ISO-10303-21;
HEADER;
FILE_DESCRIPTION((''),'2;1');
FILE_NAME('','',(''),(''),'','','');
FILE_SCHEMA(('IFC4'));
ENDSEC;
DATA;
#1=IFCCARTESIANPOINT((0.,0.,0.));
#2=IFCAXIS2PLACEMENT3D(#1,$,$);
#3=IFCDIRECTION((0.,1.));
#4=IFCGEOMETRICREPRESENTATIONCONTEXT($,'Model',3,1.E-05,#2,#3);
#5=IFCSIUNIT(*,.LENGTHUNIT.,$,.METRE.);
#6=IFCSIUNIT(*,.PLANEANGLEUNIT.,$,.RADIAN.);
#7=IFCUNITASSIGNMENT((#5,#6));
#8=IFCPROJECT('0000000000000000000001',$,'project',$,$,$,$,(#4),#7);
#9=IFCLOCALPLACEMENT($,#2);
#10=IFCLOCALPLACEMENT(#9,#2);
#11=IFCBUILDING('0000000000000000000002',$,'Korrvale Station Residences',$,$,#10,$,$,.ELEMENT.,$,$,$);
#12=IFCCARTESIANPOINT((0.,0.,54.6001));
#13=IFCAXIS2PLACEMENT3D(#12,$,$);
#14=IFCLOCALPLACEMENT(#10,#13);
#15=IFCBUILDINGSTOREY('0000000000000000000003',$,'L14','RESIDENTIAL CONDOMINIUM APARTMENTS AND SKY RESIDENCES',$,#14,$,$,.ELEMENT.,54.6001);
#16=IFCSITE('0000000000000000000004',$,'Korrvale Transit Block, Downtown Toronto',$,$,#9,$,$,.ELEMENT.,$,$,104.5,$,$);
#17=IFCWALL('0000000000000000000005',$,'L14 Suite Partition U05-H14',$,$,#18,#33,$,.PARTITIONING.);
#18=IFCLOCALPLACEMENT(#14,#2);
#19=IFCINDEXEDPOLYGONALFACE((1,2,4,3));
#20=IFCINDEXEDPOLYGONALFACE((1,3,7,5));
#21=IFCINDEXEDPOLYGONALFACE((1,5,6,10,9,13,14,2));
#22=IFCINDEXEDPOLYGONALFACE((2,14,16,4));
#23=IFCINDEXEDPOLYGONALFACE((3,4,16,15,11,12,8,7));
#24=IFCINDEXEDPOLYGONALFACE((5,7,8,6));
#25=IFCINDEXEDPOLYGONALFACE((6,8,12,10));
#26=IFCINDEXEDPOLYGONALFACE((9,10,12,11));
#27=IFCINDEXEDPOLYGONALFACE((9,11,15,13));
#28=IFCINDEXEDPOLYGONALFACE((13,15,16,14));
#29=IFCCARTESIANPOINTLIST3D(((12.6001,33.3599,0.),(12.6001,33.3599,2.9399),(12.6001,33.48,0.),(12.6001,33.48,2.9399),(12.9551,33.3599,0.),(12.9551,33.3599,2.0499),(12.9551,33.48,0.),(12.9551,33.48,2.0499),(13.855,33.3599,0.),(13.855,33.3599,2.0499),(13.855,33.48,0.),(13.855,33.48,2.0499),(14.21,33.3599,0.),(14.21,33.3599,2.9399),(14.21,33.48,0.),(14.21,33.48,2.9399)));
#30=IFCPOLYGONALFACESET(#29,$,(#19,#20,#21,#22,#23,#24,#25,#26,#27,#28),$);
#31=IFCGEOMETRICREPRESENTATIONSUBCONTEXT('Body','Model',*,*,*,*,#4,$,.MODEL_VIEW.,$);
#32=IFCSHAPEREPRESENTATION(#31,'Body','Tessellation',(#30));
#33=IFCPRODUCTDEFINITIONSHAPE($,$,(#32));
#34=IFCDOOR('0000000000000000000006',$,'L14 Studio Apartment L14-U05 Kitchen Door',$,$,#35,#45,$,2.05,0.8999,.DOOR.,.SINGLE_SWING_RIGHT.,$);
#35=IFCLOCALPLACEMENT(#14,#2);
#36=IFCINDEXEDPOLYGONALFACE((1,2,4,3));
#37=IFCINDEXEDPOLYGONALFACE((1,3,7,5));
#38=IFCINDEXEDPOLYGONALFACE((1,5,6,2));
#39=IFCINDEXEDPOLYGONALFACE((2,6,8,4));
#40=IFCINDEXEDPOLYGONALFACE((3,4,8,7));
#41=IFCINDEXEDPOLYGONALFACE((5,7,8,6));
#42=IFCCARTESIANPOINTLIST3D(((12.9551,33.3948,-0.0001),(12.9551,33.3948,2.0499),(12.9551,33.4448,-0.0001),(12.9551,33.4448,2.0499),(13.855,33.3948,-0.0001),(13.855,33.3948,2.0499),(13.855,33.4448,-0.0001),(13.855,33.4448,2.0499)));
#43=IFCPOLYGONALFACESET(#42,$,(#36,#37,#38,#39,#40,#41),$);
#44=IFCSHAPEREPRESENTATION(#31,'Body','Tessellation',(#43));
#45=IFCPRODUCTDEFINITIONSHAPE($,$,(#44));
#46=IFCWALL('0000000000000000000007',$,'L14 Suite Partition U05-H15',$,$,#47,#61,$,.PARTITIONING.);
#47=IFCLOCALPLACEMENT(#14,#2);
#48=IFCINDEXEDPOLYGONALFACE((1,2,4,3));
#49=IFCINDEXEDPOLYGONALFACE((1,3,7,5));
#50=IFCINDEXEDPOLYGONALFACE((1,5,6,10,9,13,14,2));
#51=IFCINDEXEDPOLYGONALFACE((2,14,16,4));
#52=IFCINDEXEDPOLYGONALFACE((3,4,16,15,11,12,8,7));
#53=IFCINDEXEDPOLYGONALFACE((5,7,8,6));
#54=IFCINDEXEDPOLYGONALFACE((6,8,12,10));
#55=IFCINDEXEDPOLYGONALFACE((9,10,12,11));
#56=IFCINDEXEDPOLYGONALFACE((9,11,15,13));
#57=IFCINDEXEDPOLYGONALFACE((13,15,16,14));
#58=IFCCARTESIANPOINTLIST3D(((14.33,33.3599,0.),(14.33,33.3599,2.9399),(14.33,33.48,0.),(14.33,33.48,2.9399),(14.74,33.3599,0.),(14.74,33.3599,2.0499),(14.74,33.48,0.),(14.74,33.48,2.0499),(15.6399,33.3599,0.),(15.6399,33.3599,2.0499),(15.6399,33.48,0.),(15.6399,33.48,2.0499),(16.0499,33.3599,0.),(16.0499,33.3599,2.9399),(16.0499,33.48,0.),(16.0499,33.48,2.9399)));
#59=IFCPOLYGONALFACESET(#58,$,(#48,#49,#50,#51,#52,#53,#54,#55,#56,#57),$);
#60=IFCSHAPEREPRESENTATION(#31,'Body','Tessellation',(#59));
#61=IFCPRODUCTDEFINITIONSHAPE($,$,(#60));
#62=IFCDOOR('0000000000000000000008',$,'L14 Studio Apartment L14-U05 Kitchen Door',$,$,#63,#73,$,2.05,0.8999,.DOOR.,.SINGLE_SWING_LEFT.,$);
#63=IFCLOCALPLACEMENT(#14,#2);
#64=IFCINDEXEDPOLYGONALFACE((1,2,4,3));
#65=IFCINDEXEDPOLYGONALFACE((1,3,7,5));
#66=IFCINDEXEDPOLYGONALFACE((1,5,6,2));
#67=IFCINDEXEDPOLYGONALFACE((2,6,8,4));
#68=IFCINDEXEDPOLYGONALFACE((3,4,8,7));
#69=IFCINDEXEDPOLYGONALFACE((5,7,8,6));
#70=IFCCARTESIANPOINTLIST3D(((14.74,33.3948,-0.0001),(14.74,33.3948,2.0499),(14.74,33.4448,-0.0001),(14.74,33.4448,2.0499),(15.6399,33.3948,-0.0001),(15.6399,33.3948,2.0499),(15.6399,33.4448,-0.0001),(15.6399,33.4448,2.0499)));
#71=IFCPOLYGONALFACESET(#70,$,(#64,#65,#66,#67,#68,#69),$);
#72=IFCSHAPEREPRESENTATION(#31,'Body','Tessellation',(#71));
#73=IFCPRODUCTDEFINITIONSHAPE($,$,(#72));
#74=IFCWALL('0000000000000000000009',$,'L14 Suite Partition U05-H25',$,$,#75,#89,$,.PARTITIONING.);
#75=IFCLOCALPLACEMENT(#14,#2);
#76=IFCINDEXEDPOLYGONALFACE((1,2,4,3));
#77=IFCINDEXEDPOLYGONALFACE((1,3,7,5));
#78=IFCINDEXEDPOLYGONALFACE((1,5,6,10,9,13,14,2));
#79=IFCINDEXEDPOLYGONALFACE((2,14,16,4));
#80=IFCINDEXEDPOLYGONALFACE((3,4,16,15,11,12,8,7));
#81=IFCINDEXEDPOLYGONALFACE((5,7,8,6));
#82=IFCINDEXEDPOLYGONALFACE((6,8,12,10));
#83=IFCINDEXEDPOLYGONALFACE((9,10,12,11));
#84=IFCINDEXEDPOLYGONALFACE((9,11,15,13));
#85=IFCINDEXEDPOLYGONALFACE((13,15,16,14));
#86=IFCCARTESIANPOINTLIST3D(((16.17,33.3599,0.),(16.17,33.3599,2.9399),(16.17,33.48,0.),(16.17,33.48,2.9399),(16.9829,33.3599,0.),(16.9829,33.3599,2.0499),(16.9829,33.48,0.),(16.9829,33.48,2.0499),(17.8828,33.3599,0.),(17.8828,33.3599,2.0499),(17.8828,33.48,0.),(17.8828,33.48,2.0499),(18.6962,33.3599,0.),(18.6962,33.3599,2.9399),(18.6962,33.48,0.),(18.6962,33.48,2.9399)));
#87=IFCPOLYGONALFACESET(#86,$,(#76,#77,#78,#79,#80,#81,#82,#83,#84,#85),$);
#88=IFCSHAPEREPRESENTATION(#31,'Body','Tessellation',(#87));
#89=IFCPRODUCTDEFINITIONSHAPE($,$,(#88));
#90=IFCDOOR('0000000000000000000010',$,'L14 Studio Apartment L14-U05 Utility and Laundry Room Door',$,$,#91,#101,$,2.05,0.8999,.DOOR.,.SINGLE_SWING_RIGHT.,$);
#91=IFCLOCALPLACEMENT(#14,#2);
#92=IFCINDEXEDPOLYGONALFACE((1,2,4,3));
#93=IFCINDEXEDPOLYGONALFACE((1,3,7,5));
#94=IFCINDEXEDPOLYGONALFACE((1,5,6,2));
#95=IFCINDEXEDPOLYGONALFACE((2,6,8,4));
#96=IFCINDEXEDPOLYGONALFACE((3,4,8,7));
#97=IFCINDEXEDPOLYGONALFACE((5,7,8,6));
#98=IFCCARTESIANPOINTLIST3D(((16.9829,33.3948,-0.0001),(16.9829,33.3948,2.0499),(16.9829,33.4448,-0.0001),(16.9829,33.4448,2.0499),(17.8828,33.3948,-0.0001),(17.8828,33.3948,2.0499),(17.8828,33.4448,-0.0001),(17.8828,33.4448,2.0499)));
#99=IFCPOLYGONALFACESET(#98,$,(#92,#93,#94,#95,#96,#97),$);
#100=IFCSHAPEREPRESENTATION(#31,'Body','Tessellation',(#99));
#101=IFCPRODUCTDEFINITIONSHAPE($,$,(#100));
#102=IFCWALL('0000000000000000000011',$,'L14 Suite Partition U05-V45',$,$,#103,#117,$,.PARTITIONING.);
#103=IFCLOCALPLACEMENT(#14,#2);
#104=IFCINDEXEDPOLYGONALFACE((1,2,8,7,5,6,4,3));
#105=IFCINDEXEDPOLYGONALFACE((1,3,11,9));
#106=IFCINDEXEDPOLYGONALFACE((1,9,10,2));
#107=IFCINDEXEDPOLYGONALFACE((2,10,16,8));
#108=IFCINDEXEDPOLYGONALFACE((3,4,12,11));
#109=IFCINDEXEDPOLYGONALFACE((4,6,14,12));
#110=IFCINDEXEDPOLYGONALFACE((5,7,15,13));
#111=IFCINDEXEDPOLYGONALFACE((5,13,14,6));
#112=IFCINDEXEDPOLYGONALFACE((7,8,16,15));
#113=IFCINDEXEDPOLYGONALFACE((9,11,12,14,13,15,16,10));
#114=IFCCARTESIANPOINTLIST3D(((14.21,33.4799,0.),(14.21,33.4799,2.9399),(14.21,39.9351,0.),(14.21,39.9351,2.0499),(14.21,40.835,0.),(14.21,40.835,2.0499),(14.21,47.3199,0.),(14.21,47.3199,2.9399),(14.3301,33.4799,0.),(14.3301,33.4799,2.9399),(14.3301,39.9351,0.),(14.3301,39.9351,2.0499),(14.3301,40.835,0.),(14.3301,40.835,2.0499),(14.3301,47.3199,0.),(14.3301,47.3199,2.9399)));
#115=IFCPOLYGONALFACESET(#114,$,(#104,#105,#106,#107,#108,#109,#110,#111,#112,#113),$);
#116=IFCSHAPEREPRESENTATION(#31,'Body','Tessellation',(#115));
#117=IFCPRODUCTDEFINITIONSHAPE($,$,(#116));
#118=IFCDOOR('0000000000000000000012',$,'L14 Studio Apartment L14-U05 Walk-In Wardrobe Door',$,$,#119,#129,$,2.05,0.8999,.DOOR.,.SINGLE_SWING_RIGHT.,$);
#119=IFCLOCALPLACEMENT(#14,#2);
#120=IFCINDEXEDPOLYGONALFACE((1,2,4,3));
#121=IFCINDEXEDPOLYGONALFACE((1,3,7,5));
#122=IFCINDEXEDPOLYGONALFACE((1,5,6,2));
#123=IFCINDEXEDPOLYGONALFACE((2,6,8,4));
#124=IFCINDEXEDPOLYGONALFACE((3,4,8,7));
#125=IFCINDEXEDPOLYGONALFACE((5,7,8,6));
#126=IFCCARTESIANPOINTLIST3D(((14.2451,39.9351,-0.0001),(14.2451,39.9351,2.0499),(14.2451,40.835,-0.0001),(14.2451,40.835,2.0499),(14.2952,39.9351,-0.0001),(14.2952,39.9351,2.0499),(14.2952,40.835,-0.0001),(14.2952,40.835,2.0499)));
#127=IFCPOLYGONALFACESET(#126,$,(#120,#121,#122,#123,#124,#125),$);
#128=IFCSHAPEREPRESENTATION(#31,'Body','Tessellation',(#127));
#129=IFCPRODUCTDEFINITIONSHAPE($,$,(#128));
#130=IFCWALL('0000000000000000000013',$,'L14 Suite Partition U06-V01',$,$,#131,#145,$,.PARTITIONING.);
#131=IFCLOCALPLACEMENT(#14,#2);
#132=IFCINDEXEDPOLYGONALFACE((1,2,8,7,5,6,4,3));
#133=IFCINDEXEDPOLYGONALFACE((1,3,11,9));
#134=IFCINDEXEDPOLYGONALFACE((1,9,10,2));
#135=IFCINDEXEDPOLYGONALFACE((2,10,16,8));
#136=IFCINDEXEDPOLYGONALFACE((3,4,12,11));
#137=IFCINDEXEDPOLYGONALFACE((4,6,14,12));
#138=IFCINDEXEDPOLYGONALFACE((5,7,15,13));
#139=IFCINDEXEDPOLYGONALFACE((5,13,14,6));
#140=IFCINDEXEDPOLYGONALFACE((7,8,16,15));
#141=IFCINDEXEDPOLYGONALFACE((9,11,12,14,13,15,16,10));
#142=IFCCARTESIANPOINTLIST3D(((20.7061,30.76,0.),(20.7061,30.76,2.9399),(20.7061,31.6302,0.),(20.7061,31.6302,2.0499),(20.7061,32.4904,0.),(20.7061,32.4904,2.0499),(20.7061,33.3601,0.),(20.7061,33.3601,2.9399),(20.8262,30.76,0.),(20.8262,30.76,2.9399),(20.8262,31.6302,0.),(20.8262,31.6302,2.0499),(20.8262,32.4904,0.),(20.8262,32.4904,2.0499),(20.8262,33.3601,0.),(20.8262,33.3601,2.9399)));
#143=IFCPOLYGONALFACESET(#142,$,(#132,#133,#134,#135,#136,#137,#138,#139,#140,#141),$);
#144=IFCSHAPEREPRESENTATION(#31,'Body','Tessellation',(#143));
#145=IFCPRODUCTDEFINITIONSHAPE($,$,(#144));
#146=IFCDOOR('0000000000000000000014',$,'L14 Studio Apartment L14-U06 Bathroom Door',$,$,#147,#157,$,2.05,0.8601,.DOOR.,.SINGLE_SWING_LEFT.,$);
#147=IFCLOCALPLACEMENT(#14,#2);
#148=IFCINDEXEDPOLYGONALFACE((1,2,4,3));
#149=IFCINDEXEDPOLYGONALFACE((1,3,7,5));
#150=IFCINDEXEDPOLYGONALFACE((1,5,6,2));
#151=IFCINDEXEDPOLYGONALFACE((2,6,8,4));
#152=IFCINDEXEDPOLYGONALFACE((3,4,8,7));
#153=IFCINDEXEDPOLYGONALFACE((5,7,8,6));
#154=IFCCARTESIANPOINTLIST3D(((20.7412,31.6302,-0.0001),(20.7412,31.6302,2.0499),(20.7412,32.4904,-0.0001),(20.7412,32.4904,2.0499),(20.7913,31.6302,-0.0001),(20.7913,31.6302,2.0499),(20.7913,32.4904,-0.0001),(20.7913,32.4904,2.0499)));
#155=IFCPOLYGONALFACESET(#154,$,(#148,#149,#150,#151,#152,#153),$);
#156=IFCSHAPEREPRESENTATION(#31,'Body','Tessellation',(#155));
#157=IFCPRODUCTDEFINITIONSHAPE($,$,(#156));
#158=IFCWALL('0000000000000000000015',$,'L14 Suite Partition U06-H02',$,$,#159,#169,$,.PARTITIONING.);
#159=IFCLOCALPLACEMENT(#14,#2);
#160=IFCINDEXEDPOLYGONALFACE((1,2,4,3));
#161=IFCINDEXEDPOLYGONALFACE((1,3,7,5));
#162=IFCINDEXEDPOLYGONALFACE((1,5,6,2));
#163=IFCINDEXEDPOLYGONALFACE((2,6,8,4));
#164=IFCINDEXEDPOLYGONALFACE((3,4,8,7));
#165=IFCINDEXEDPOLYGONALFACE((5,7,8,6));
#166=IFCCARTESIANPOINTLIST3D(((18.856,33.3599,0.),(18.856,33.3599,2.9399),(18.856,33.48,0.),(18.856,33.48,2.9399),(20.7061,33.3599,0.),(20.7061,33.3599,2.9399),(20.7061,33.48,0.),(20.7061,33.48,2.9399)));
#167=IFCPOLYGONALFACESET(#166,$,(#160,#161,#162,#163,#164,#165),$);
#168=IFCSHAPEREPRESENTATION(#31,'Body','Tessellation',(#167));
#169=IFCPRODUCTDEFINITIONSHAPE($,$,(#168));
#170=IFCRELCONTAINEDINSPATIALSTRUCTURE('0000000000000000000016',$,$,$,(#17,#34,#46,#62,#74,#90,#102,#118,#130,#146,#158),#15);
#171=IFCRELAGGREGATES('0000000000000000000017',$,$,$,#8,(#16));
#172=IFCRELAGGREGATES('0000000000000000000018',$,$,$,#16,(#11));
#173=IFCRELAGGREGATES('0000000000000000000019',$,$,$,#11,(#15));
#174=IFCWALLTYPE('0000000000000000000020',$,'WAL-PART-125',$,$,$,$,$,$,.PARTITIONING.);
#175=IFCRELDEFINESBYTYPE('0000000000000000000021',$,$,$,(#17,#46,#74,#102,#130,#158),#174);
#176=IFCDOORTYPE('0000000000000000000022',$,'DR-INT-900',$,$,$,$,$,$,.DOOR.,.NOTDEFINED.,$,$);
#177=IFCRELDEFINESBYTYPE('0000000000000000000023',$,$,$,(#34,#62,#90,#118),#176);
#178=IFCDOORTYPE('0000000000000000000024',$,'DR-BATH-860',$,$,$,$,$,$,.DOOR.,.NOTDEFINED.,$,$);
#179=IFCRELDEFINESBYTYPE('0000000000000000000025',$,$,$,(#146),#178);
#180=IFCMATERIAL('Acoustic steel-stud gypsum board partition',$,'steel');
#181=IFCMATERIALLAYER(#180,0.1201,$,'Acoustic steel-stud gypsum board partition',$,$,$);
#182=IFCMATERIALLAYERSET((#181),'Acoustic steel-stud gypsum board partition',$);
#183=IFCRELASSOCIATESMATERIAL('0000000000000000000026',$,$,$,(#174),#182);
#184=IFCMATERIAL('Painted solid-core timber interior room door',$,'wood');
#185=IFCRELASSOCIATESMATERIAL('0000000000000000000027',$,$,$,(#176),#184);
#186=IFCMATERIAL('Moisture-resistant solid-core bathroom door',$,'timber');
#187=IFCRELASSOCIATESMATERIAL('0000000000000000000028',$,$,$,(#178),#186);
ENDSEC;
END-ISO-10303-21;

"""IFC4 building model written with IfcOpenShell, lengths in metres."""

from ifc_helpers import new_model, si_unit, direction, frame, frame_2d, origin, place, context, subcontext, project, spatial, rectangle, extrude, material, layer, layer_set, type_object, element, fill, save


model = new_model("IFC4")

# Units and contexts
model_context = context("Model", 3, precision=1e-05, world=origin(), true_north=direction((0.0, 1.0)))
body_context = subcontext(model_context, "Body", "Model", "MODEL_VIEW")
ifc_project = project(units=[si_unit("LENGTHUNIT", "METRE"), si_unit("PLANEANGLEUNIT", "RADIAN")], contexts=[model_context])

# Site, building, storey
site_placement = place(None, origin())
site = spatial("IfcSite", under=ifc_project, at=site_placement, Name="Korrvale Transit Block, Downtown Toronto", CompositionType="ELEMENT", RefElevation=104.5)
building_placement = place(site_placement, origin())
building = spatial("IfcBuilding", under=site, at=building_placement, Name="Korrvale Station Residences", CompositionType="ELEMENT")
storey_placement = place(building_placement, frame((0.0, 0.0, 54.6001)))
storey = spatial("IfcBuildingStorey", under=building, at=storey_placement, Name="L14", Description="RESIDENTIAL CONDOMINIUM APARTMENTS AND SKY RESIDENCES", CompositionType="ELEMENT", Elevation=54.6001)

# Walls, openings, doors
ifc_material_1 = material(Name="Acoustic steel-stud gypsum board partition", Category="steel")
ifc_layer_1 = layer(ifc_material_1, 0.1201, Name="Acoustic steel-stud gypsum board partition")
ifc_layer_set_1 = layer_set([ifc_layer_1], Name="Acoustic steel-stud gypsum board partition")
wall_type_1 = type_object("IfcWallType", Name="WAL-PART-125", PredefinedType="PARTITIONING", material=ifc_layer_set_1)
wall_1_placement = place(storey_placement, frame((12.6001, 33.4199, 0.0), z_axis=(0.0, 0.0, 1.0), x_axis=(1.0, 0.0, 0.0)))
wall_1 = element("IfcWall", 1, at=wall_1_placement, inside=storey, type_object=wall_type_1, Name="L14 Suite Partition U05-H14", PredefinedType="PARTITIONING", context=body_context, shape_type="SweptSolid", body=[
    extrude(rectangle(XDim=1.6099, YDim=0.1201, at=frame_2d((0.8049, 0.0))), origin(), (0.0, 0.0, 1.0), 2.9399),
])
opening_1_placement = place(wall_1_placement, frame((0.355, 0.0, 0.0)))
opening_1 = element("IfcOpeningElement", 2, at=opening_1_placement, cuts=wall_1, PredefinedType="OPENING", context=body_context, shape_type="SweptSolid", body=[
    extrude(rectangle(XDim=0.8999, YDim=2.05, at=frame_2d((0.45, 1.0249))), frame((0.0, 0.0701, 0.0), z_axis=(0.0, -1.0, 0.0), x_axis=(1.0, 0.0, 0.0)), (0.0, 0.0, 1.0), 0.1401),
])
ifc_material_2 = material(Name="Painted solid-core timber interior room door", Category="wood")
door_type_1 = type_object("IfcDoorType", Name="DR-INT-900", OperationType="NOTDEFINED", PredefinedType="DOOR", material=ifc_material_2)
door_1_placement = place(opening_1_placement, origin())
door_1 = element("IfcDoor", 3, at=door_1_placement, inside=storey, type_object=door_type_1, Name="L14 Studio Apartment L14-U05 Kitchen Door", OperationType="SINGLE_SWING_RIGHT", OverallHeight=2.05, OverallWidth=0.8999, PredefinedType="DOOR", context=body_context, shape_type="SweptSolid", body=[
    extrude(rectangle(XDim=0.8999, YDim=2.05, at=frame_2d((0.45, 1.0249))), frame((0.0, 0.0249, 0.0), z_axis=(0.0, -1.0, 0.0), x_axis=(1.0, 0.0, 0.0)), (0.0, 0.0, 1.0), 0.05),
])
fill(opening_1, door_1)
wall_2_placement = place(storey_placement, frame((14.3301, 33.4199, 0.0), z_axis=(0.0, 0.0, 1.0), x_axis=(1.0, 0.0, 0.0)))
wall_2 = element("IfcWall", 4, at=wall_2_placement, inside=storey, type_object=wall_type_1, Name="L14 Suite Partition U05-H15", PredefinedType="PARTITIONING", context=body_context, shape_type="SweptSolid", body=[
    extrude(rectangle(XDim=1.72, YDim=0.1201, at=frame_2d((0.8599, 0.0))), origin(), (0.0, 0.0, 1.0), 2.9399),
])
opening_2_placement = place(wall_2_placement, frame((0.4099, 0.0, 0.0)))
opening_2 = element("IfcOpeningElement", 5, at=opening_2_placement, cuts=wall_2, PredefinedType="OPENING", context=body_context, shape_type="SweptSolid", body=[
    extrude(rectangle(XDim=0.8999, YDim=2.05, at=frame_2d((0.45, 1.0249))), frame((0.0, 0.0701, 0.0), z_axis=(0.0, -1.0, 0.0), x_axis=(1.0, 0.0, 0.0)), (0.0, 0.0, 1.0), 0.1401),
])
door_2_placement = place(opening_2_placement, origin())
door_2 = element("IfcDoor", 6, at=door_2_placement, inside=storey, type_object=door_type_1, Name="L14 Studio Apartment L14-U05 Kitchen Door", OperationType="SINGLE_SWING_LEFT", OverallHeight=2.05, OverallWidth=0.8999, PredefinedType="DOOR", context=body_context, shape_type="SweptSolid", body=[
    extrude(rectangle(XDim=0.8999, YDim=2.05, at=frame_2d((0.45, 1.0249))), frame((0.0, 0.0249, 0.0), z_axis=(0.0, -1.0, 0.0), x_axis=(1.0, 0.0, 0.0)), (0.0, 0.0, 1.0), 0.05),
])
fill(opening_2, door_2)
wall_3_placement = place(storey_placement, frame((16.1699, 33.4199, 0.0), z_axis=(0.0, 0.0, 1.0), x_axis=(1.0, 0.0, 0.0)))
wall_3 = element("IfcWall", 7, at=wall_3_placement, inside=storey, type_object=wall_type_1, Name="L14 Suite Partition U05-H25", PredefinedType="PARTITIONING", context=body_context, shape_type="SweptSolid", body=[
    extrude(rectangle(XDim=2.5261, YDim=0.1201, at=frame_2d((1.2632, 0.0))), origin(), (0.0, 0.0, 1.0), 2.9399),
])
opening_3_placement = place(wall_3_placement, frame((0.813, 0.0, 0.0)))
opening_3 = element("IfcOpeningElement", 8, at=opening_3_placement, cuts=wall_3, PredefinedType="OPENING", context=body_context, shape_type="SweptSolid", body=[
    extrude(rectangle(XDim=0.8999, YDim=2.05, at=frame_2d((0.45, 1.0249))), frame((0.0, 0.0701, 0.0), z_axis=(0.0, -1.0, 0.0), x_axis=(1.0, 0.0, 0.0)), (0.0, 0.0, 1.0), 0.1401),
])
door_3_placement = place(opening_3_placement, origin())
door_3 = element("IfcDoor", 9, at=door_3_placement, inside=storey, type_object=door_type_1, Name="L14 Studio Apartment L14-U05 Utility and Laundry Room Door", OperationType="SINGLE_SWING_RIGHT", OverallHeight=2.05, OverallWidth=0.8999, PredefinedType="DOOR", context=body_context, shape_type="SweptSolid", body=[
    extrude(rectangle(XDim=0.8999, YDim=2.05, at=frame_2d((0.45, 1.0249))), frame((0.0, 0.0249, 0.0), z_axis=(0.0, -1.0, 0.0), x_axis=(1.0, 0.0, 0.0)), (0.0, 0.0, 1.0), 0.05),
])
fill(opening_3, door_3)
wall_4_placement = place(storey_placement, frame((14.27, 33.48, 0.0), z_axis=(0.0, 0.0, 1.0), x_axis=(0.0, 1.0, 0.0)))
wall_4 = element("IfcWall", 10, at=wall_4_placement, inside=storey, type_object=wall_type_1, Name="L14 Suite Partition U05-V45", PredefinedType="PARTITIONING", context=body_context, shape_type="SweptSolid", body=[
    extrude(rectangle(XDim=13.8401, YDim=0.1201, at=frame_2d((6.9199, 0.0))), origin(), (0.0, 0.0, 1.0), 2.9399),
])
opening_4_placement = place(wall_4_placement, frame((6.4551, 0.0, 0.0)))
opening_4 = element("IfcOpeningElement", 11, at=opening_4_placement, cuts=wall_4, PredefinedType="OPENING", context=body_context, shape_type="SweptSolid", body=[
    extrude(rectangle(XDim=0.8999, YDim=2.05, at=frame_2d((0.45, 1.0249))), frame((0.0, 0.0701, 0.0), z_axis=(0.0, -1.0, 0.0), x_axis=(1.0, 0.0, 0.0)), (0.0, 0.0, 1.0), 0.1401),
])
door_4_placement = place(opening_4_placement, origin())
door_4 = element("IfcDoor", 12, at=door_4_placement, inside=storey, type_object=door_type_1, Name="L14 Studio Apartment L14-U05 Walk-In Wardrobe Door", OperationType="SINGLE_SWING_RIGHT", OverallHeight=2.05, OverallWidth=0.8999, PredefinedType="DOOR", context=body_context, shape_type="SweptSolid", body=[
    extrude(rectangle(XDim=0.8999, YDim=2.05, at=frame_2d((0.45, 1.0249))), frame((0.0, 0.0249, 0.0), z_axis=(0.0, -1.0, 0.0), x_axis=(1.0, 0.0, 0.0)), (0.0, 0.0, 1.0), 0.05),
])
fill(opening_4, door_4)
wall_5_placement = place(storey_placement, frame((20.7661, 30.76, 0.0), z_axis=(0.0, 0.0, 1.0), x_axis=(0.0, 1.0, 0.0)))
wall_5 = element("IfcWall", 13, at=wall_5_placement, inside=storey, type_object=wall_type_1, Name="L14 Suite Partition U06-V01", PredefinedType="PARTITIONING", context=body_context, shape_type="SweptSolid", body=[
    extrude(rectangle(XDim=2.6001, YDim=0.1201, at=frame_2d((1.3, 0.0))), origin(), (0.0, 0.0, 1.0), 2.9399),
])
opening_5_placement = place(wall_5_placement, frame((0.8701, 0.0, 0.0)))
opening_5 = element("IfcOpeningElement", 14, at=opening_5_placement, cuts=wall_5, PredefinedType="OPENING", context=body_context, shape_type="SweptSolid", body=[
    extrude(rectangle(XDim=0.8601, YDim=2.05, at=frame_2d((0.4302, 1.0249))), frame((0.0, 0.0701, 0.0), z_axis=(0.0, -1.0, 0.0), x_axis=(1.0, 0.0, 0.0)), (0.0, 0.0, 1.0), 0.1401),
])
ifc_material_3 = material(Name="Moisture-resistant solid-core bathroom door", Category="timber")
door_type_2 = type_object("IfcDoorType", Name="DR-BATH-860", OperationType="NOTDEFINED", PredefinedType="DOOR", material=ifc_material_3)
door_5_placement = place(opening_5_placement, origin())
door_5 = element("IfcDoor", 15, at=door_5_placement, inside=storey, type_object=door_type_2, Name="L14 Studio Apartment L14-U06 Bathroom Door", OperationType="SINGLE_SWING_LEFT", OverallHeight=2.05, OverallWidth=0.8601, PredefinedType="DOOR", context=body_context, shape_type="SweptSolid", body=[
    extrude(rectangle(XDim=0.8601, YDim=2.05, at=frame_2d((0.4302, 1.0249))), frame((0.0, 0.0249, 0.0), z_axis=(0.0, -1.0, 0.0), x_axis=(1.0, 0.0, 0.0)), (0.0, 0.0, 1.0), 0.05),
])
fill(opening_5, door_5)

# Wall
wall_6_placement = place(storey_placement, frame((18.856, 33.4199, 0.0), z_axis=(0.0, 0.0, 1.0), x_axis=(1.0, 0.0, 0.0)))
element("IfcWall", 16, at=wall_6_placement, inside=storey, type_object=wall_type_1, Name="L14 Suite Partition U06-H02", PredefinedType="PARTITIONING", context=body_context, shape_type="SweptSolid", body=[
    extrude(rectangle(XDim=1.8501, YDim=0.1201, at=frame_2d((0.925, 0.0))), origin(), (0.0, 0.0, 1.0), 2.9399),
])

save(model, "model.ifc")
